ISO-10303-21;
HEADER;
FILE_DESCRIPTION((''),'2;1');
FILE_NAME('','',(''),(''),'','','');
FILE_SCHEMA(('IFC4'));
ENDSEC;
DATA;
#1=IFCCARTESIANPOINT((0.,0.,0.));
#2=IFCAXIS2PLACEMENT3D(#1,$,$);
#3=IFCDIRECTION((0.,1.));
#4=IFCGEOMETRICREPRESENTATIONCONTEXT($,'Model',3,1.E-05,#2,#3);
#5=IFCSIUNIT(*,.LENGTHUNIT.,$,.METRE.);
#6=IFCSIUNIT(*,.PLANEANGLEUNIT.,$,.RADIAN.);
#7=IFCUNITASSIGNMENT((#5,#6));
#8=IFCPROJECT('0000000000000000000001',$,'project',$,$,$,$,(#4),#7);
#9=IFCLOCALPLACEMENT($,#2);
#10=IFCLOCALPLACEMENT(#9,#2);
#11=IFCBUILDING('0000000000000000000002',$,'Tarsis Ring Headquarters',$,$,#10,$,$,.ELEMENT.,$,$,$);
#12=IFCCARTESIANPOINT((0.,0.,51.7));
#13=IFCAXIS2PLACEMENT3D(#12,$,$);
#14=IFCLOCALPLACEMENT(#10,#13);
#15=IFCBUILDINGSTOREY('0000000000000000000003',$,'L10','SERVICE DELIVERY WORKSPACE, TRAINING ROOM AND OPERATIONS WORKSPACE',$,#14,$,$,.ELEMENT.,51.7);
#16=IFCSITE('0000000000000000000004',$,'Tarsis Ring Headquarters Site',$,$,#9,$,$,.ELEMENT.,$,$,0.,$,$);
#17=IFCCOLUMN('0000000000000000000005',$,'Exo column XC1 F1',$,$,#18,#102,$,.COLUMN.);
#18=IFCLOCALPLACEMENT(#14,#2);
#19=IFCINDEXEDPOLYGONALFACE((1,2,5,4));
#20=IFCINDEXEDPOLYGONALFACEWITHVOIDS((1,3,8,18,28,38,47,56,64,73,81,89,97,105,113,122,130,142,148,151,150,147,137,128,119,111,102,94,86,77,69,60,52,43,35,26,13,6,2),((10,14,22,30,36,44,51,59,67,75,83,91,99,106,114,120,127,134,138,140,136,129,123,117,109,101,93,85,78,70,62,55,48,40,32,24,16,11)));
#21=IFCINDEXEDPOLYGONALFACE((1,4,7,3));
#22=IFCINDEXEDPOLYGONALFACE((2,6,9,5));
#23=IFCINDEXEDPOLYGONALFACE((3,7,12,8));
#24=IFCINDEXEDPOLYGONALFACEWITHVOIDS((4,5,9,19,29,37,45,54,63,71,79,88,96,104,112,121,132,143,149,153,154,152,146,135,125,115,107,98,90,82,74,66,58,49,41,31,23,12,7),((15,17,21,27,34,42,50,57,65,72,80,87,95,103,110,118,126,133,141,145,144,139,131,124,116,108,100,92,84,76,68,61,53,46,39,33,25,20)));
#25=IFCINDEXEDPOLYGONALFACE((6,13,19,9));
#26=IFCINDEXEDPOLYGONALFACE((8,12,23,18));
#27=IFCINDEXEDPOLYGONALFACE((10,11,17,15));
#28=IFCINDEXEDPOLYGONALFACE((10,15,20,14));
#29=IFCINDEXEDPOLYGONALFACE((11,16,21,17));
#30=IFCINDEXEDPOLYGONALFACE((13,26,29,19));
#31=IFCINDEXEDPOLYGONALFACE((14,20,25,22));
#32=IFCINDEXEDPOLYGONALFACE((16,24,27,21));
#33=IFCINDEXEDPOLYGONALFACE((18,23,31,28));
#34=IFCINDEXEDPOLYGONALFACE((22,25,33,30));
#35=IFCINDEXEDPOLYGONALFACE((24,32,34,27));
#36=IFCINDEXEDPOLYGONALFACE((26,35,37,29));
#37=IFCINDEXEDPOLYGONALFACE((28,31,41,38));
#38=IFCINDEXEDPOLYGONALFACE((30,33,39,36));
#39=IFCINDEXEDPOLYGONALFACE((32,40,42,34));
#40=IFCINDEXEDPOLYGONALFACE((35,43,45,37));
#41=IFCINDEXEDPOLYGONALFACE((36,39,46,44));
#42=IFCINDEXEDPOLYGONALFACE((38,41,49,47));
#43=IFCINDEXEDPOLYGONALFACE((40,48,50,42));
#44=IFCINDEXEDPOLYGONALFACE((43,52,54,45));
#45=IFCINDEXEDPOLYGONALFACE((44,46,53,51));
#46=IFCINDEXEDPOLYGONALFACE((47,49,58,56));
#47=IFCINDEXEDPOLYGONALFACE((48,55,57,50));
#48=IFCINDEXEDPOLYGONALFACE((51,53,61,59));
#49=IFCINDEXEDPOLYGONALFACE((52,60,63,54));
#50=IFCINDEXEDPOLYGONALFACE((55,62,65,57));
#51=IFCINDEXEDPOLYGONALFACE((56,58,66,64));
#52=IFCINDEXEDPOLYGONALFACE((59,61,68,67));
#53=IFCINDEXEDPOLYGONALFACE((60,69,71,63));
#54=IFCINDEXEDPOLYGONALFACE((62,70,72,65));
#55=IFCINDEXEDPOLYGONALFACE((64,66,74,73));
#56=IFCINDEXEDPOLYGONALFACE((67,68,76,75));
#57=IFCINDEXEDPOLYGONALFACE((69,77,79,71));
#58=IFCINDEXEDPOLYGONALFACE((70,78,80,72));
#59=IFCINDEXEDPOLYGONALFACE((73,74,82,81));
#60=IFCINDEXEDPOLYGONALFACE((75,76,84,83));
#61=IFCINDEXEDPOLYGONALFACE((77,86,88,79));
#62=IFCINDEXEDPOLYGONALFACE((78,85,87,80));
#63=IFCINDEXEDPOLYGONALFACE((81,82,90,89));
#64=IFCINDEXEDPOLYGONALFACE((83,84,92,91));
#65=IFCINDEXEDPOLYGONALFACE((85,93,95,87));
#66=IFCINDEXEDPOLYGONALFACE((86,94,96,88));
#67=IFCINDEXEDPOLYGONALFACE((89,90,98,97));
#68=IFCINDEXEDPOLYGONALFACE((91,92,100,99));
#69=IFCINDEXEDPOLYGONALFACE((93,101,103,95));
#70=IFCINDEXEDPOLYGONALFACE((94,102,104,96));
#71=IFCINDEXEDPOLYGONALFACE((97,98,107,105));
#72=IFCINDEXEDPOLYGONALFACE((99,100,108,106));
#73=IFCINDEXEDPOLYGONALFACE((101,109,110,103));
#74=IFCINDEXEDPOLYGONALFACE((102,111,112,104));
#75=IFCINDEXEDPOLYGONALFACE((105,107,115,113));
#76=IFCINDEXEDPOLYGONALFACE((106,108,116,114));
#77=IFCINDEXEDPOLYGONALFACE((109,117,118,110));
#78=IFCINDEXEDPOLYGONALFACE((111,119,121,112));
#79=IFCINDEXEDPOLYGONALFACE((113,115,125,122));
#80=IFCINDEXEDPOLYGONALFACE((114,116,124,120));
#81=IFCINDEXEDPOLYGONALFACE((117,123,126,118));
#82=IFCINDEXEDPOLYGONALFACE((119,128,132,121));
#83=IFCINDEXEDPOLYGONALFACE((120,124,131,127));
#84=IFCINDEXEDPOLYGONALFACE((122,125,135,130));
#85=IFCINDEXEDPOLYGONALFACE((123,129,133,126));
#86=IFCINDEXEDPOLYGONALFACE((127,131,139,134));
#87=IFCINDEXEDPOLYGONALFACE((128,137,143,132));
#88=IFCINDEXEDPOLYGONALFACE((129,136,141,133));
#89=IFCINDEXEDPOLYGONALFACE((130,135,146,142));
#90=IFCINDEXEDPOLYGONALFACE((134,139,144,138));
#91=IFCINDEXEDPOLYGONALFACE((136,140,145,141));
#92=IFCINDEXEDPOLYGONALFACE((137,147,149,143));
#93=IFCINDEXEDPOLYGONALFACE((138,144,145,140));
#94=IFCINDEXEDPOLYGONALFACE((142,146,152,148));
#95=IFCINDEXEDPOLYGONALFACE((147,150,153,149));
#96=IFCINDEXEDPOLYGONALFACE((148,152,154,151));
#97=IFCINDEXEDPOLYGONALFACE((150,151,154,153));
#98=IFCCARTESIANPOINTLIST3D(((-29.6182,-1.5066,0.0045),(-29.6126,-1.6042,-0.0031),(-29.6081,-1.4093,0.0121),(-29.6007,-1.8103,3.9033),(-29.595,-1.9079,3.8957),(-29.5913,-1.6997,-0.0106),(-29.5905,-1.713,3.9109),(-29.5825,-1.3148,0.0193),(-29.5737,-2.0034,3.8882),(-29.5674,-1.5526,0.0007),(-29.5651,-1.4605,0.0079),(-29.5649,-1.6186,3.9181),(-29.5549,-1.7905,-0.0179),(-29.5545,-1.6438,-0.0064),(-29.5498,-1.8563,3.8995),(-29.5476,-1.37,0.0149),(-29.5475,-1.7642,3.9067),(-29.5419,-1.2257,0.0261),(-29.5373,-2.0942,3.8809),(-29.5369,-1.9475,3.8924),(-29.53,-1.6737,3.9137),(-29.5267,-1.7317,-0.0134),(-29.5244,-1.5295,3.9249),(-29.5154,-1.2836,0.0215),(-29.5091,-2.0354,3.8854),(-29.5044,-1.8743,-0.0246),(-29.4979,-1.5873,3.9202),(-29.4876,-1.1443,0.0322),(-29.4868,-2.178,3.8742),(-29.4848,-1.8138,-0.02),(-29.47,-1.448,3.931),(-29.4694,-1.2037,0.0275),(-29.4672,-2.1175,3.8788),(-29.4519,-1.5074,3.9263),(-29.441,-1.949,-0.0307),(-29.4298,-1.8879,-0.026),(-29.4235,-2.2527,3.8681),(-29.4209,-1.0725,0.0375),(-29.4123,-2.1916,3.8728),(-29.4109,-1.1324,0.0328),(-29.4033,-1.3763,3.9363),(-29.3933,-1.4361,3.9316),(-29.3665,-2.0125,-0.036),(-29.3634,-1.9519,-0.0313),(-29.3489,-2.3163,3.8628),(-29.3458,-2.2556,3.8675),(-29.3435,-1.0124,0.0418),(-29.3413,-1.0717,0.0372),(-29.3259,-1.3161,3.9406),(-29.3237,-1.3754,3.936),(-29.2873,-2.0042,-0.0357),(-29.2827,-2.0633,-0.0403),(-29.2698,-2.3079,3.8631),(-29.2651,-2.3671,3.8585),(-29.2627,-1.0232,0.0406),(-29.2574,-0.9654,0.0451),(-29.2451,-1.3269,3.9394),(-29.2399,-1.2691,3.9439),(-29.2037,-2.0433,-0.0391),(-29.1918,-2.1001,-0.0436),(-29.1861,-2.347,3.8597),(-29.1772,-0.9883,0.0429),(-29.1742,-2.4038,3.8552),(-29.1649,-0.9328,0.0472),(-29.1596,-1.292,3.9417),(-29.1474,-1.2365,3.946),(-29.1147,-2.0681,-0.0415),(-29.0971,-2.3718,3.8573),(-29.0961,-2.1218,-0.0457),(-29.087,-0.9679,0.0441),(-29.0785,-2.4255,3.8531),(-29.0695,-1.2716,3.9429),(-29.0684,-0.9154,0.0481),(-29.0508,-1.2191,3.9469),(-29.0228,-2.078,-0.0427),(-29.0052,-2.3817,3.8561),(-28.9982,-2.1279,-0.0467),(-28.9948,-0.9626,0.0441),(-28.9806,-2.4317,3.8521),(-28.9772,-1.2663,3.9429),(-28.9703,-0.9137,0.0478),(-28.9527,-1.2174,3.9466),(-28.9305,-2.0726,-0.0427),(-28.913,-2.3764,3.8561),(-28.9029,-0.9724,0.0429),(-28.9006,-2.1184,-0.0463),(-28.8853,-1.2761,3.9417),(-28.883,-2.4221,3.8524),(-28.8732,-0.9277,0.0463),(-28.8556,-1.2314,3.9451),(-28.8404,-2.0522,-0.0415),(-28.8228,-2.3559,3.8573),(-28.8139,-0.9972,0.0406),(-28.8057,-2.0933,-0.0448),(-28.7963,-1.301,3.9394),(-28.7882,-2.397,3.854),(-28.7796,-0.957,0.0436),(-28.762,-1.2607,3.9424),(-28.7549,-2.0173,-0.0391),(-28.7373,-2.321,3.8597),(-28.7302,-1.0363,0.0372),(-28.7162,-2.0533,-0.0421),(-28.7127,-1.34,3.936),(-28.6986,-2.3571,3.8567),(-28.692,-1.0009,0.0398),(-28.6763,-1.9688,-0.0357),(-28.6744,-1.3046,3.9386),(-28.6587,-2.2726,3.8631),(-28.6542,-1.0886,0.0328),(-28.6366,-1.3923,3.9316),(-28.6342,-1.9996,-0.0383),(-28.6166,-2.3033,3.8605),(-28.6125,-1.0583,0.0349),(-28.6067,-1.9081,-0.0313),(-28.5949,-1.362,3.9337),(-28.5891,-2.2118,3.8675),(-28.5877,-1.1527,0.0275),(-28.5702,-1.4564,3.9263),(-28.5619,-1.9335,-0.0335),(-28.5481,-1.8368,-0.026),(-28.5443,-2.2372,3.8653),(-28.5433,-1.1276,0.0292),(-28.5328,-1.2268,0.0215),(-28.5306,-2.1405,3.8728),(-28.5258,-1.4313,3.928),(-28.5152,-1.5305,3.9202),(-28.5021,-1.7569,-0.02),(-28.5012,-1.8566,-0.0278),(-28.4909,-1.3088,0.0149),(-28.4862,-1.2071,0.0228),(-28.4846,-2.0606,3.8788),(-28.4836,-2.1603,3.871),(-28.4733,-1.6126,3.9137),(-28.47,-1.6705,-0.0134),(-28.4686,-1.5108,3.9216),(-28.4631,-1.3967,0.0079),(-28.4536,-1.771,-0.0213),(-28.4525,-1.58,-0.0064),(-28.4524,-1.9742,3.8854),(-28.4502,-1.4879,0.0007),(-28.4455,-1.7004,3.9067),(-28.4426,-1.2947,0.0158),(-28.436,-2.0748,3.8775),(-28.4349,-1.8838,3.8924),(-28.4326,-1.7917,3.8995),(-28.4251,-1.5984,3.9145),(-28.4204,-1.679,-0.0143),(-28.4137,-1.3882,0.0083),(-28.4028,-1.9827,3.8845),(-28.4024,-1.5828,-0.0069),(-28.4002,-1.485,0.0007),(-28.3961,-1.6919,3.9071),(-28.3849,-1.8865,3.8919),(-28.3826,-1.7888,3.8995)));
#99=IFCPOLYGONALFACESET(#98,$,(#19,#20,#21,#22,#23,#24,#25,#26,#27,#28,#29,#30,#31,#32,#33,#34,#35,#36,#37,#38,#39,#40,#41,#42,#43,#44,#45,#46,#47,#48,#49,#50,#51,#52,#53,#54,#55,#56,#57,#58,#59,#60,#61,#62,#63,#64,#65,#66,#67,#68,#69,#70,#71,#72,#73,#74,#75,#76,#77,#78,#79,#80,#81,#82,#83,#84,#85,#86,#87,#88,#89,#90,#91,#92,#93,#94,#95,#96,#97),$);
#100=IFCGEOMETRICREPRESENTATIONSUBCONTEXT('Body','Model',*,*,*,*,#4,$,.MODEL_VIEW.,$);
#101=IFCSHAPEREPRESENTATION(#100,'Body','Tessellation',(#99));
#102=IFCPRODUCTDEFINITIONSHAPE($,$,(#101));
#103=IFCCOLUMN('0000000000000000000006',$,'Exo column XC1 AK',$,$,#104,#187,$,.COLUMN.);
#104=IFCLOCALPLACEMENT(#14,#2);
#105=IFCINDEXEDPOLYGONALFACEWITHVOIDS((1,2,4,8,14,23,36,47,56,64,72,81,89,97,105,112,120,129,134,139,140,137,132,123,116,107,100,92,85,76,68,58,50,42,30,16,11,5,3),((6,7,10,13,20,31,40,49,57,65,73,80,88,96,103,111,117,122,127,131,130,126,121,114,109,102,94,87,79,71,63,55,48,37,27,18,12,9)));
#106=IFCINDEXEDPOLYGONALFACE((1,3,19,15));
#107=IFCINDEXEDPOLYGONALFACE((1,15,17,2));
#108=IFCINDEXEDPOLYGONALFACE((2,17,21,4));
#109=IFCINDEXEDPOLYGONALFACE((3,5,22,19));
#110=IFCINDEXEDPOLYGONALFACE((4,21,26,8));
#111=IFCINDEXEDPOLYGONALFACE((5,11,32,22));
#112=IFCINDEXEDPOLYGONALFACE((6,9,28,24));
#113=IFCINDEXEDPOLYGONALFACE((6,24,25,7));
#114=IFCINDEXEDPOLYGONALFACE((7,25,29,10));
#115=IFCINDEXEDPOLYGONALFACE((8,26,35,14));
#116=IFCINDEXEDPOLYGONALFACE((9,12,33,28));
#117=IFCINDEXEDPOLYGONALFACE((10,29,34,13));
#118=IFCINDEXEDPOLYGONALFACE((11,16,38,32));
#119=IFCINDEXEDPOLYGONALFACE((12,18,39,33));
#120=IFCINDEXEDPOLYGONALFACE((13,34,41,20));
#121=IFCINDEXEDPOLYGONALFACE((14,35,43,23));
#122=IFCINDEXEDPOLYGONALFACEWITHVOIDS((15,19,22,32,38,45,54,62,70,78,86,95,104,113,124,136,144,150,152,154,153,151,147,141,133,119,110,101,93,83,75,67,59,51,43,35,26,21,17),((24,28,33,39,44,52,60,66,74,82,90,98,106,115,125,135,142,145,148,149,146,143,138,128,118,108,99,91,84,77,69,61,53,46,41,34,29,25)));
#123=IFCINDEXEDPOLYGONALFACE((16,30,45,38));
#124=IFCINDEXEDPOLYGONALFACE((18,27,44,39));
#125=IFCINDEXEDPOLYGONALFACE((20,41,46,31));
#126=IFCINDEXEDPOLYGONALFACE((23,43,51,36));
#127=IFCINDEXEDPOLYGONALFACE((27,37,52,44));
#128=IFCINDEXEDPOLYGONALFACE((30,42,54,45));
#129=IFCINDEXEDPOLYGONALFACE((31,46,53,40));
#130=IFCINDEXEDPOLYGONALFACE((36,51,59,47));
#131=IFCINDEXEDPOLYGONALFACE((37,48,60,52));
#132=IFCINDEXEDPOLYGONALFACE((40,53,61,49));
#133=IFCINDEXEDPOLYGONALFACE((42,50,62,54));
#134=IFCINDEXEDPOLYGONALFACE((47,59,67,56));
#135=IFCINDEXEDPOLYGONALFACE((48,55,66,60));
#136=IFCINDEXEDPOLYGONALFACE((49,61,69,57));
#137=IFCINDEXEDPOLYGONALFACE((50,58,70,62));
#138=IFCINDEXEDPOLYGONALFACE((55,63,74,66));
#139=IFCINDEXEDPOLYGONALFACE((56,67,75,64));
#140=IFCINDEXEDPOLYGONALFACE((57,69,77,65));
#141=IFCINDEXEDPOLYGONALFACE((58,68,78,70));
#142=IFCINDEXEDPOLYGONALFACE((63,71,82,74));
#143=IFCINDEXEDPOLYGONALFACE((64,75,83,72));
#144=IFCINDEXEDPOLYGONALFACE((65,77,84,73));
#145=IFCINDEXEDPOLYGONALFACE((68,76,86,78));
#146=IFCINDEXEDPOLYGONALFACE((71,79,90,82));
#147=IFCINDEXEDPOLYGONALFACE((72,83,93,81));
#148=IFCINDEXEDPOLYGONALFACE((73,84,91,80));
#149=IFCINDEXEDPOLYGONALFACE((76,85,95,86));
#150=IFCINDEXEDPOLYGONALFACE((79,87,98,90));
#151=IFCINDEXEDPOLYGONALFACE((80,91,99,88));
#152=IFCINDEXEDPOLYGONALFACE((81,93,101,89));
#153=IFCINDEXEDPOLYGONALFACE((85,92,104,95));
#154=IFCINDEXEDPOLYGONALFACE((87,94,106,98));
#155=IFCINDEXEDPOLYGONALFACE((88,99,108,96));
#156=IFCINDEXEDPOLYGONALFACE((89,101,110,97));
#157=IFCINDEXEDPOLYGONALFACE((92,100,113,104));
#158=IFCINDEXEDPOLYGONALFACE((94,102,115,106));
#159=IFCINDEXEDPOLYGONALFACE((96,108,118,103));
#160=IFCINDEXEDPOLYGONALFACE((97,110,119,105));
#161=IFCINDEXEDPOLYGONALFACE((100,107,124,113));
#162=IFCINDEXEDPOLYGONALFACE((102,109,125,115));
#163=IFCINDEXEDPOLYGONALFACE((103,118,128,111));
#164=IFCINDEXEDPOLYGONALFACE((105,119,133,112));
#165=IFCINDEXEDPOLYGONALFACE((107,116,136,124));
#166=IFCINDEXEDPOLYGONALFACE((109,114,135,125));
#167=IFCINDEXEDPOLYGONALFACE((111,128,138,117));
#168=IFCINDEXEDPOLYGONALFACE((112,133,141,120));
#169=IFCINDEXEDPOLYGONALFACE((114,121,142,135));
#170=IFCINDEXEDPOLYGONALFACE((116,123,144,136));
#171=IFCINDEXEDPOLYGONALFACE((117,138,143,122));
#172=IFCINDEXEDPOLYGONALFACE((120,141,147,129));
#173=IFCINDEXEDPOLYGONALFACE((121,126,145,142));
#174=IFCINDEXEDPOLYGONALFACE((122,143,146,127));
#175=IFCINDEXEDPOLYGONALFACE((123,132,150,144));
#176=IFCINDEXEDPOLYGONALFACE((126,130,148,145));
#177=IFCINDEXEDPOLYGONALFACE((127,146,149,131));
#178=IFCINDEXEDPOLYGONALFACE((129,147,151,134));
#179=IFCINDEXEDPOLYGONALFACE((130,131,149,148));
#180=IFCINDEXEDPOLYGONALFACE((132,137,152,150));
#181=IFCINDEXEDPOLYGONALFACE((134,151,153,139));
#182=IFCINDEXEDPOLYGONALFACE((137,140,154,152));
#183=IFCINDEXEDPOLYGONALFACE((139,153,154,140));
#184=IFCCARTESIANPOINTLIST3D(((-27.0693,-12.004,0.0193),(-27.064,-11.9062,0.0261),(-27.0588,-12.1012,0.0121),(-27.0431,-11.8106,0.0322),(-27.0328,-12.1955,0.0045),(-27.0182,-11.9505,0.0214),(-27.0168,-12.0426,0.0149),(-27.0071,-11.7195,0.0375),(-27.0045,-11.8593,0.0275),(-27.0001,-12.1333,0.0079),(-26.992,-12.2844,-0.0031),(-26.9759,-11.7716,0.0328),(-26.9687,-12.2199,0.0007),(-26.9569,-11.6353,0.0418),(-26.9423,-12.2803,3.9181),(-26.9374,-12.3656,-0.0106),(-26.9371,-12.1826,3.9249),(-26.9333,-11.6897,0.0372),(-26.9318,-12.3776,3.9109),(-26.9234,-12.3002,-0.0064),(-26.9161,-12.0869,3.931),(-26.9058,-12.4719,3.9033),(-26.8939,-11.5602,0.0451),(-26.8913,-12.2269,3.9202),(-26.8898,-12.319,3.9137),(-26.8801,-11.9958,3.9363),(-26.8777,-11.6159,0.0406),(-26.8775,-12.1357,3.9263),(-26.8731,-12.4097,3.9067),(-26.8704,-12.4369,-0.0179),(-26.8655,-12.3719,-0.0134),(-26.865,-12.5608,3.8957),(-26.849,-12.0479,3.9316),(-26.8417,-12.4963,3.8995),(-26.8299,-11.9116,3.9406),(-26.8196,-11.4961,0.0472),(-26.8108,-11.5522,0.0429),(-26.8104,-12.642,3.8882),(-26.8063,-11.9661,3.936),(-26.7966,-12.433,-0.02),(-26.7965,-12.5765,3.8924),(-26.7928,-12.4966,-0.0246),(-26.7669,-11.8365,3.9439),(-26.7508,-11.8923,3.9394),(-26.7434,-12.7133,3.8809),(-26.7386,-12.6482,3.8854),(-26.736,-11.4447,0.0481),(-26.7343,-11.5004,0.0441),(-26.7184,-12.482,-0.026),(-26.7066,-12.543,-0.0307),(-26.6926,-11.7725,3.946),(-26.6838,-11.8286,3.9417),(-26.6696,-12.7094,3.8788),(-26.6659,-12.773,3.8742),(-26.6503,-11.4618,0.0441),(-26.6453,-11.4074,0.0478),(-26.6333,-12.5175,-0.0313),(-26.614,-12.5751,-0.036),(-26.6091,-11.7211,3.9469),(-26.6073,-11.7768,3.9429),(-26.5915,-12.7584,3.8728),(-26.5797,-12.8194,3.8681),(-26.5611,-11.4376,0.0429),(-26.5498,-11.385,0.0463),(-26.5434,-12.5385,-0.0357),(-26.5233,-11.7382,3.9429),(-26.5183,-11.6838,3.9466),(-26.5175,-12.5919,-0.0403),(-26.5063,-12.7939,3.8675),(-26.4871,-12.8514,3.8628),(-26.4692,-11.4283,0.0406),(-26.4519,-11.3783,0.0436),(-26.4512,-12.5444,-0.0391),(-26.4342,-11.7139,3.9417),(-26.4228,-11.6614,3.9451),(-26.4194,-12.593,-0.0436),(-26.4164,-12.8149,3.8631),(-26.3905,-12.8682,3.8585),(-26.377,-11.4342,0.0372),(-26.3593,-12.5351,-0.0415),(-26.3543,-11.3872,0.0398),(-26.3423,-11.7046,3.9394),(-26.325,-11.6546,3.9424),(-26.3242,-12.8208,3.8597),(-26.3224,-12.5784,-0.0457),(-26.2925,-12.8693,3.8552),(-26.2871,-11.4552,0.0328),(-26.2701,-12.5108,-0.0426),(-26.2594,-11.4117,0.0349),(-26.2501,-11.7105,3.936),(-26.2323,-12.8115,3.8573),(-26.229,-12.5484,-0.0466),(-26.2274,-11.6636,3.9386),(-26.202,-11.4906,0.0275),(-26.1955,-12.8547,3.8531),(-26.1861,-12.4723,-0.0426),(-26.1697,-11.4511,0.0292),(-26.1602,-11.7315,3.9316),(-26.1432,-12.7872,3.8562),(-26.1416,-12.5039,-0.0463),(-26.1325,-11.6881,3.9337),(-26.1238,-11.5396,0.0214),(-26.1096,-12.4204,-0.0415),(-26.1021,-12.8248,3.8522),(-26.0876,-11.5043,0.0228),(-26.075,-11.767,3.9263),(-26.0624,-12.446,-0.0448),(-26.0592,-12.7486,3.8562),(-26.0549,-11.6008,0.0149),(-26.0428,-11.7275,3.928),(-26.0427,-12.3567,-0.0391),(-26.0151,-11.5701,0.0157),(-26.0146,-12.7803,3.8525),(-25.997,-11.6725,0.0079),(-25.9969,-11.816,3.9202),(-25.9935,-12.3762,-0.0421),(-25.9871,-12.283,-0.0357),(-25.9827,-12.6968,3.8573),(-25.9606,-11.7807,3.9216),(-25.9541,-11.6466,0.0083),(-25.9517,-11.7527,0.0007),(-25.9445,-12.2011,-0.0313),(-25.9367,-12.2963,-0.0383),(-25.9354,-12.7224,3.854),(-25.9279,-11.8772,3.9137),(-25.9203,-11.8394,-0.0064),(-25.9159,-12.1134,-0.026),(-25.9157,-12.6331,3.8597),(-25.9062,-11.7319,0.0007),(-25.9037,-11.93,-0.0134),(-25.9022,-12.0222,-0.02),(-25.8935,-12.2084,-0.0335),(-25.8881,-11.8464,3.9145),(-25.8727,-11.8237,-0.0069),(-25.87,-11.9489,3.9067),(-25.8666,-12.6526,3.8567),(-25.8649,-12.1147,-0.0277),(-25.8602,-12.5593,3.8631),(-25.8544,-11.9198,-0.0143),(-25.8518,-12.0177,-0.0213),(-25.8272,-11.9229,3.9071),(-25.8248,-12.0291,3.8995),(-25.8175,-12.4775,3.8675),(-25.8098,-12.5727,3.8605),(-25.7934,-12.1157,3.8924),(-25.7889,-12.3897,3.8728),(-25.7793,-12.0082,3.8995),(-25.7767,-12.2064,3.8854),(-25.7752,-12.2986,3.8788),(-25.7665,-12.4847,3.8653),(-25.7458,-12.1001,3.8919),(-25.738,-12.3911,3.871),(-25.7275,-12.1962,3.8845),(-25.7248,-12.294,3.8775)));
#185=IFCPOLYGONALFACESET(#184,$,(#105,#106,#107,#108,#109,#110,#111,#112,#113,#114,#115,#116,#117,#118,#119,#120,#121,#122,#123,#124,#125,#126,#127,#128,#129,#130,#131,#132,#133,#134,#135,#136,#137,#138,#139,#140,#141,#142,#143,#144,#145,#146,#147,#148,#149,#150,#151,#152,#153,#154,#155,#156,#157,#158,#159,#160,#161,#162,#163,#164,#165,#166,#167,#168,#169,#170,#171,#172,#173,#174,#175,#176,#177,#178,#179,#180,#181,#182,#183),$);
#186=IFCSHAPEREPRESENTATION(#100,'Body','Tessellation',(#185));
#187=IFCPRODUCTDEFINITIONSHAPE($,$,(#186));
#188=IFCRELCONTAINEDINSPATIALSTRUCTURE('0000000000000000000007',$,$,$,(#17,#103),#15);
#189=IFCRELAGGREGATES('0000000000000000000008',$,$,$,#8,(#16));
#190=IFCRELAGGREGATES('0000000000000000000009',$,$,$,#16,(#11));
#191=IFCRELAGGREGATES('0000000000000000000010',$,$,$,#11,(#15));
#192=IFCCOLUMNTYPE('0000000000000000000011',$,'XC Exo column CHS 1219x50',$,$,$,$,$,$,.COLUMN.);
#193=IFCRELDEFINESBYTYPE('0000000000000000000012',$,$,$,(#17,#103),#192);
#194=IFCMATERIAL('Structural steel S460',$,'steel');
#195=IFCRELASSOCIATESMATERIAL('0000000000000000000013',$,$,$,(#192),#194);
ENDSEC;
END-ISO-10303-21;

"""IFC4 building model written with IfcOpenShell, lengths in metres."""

from ifc_helpers import new_model, si_unit, direction, frame, origin, origin_2d, place, context, subcontext, project, spatial, hollow_circle, extrude, material, material_profile, profile_set, type_object, element, save


model = new_model("IFC4")

# Units and contexts
model_context = context("Model", 3, precision=1e-05, world=origin(), true_north=direction((0.0, 1.0)))
body_context = subcontext(model_context, "Body", "Model", "MODEL_VIEW")
ifc_project = project(units=[si_unit("LENGTHUNIT", "METRE"), si_unit("PLANEANGLEUNIT", "RADIAN")], contexts=[model_context])

# Site, building, storey
site_placement = place(None, origin())
site = spatial("IfcSite", under=ifc_project, at=site_placement, Name="Tarsis Ring Headquarters Site", CompositionType="ELEMENT", RefElevation=0.0)
building_placement = place(site_placement, origin())
building = spatial("IfcBuilding", under=site, at=building_placement, Name="Tarsis Ring Headquarters", CompositionType="ELEMENT")
storey_placement = place(building_placement, frame((0.0, 0.0, 51.7)))
storey = spatial("IfcBuildingStorey", under=building, at=storey_placement, Name="L10", Description="SERVICE DELIVERY WORKSPACE, TRAINING ROOM AND OPERATIONS WORKSPACE", CompositionType="ELEMENT", Elevation=51.7)

# Columns
ifc_material_1 = material(Name="Structural steel S460", Category="steel")
ifc_material_profile_1 = material_profile(ifc_material_1, hollow_circle(Radius=0.6096, WallThickness=0.05, at=origin_2d()), Name="CHS 1219x50")
ifc_profile_set_1 = profile_set([ifc_material_profile_1], Name="Structural steel S460")
column_type = type_object("IfcColumnType", Name="XC Exo column CHS 1219x50", PredefinedType="COLUMN", material=ifc_profile_set_1)
for number, where, z_axis, x_axis, name in (
    (1, (-29.0088, -1.5203, 0.0007), (0.004495, -0.077665, 0.996969), (0.998329, 0.057781, 0.0), "Exo column XC1 F1"),
    (2, (-26.4602, -11.9863, 0.0007), (0.032464, -0.070673, 0.996971), (0.90871, 0.417429, 0.0), "Exo column XC1 AK"),
):
    element("IfcColumn", number, at=place(storey_placement, frame(where, z_axis=z_axis, x_axis=x_axis)), inside=storey, type_object=column_type, Name=name, PredefinedType="COLUMN", context=body_context, shape_type="SweptSolid", body=[
        extrude(hollow_circle(Radius=0.6096, WallThickness=0.05, at=origin_2d()), origin(), (0.0, 0.0, 1.0), 3.9106),
    ])

save(model, "model.ifc")
